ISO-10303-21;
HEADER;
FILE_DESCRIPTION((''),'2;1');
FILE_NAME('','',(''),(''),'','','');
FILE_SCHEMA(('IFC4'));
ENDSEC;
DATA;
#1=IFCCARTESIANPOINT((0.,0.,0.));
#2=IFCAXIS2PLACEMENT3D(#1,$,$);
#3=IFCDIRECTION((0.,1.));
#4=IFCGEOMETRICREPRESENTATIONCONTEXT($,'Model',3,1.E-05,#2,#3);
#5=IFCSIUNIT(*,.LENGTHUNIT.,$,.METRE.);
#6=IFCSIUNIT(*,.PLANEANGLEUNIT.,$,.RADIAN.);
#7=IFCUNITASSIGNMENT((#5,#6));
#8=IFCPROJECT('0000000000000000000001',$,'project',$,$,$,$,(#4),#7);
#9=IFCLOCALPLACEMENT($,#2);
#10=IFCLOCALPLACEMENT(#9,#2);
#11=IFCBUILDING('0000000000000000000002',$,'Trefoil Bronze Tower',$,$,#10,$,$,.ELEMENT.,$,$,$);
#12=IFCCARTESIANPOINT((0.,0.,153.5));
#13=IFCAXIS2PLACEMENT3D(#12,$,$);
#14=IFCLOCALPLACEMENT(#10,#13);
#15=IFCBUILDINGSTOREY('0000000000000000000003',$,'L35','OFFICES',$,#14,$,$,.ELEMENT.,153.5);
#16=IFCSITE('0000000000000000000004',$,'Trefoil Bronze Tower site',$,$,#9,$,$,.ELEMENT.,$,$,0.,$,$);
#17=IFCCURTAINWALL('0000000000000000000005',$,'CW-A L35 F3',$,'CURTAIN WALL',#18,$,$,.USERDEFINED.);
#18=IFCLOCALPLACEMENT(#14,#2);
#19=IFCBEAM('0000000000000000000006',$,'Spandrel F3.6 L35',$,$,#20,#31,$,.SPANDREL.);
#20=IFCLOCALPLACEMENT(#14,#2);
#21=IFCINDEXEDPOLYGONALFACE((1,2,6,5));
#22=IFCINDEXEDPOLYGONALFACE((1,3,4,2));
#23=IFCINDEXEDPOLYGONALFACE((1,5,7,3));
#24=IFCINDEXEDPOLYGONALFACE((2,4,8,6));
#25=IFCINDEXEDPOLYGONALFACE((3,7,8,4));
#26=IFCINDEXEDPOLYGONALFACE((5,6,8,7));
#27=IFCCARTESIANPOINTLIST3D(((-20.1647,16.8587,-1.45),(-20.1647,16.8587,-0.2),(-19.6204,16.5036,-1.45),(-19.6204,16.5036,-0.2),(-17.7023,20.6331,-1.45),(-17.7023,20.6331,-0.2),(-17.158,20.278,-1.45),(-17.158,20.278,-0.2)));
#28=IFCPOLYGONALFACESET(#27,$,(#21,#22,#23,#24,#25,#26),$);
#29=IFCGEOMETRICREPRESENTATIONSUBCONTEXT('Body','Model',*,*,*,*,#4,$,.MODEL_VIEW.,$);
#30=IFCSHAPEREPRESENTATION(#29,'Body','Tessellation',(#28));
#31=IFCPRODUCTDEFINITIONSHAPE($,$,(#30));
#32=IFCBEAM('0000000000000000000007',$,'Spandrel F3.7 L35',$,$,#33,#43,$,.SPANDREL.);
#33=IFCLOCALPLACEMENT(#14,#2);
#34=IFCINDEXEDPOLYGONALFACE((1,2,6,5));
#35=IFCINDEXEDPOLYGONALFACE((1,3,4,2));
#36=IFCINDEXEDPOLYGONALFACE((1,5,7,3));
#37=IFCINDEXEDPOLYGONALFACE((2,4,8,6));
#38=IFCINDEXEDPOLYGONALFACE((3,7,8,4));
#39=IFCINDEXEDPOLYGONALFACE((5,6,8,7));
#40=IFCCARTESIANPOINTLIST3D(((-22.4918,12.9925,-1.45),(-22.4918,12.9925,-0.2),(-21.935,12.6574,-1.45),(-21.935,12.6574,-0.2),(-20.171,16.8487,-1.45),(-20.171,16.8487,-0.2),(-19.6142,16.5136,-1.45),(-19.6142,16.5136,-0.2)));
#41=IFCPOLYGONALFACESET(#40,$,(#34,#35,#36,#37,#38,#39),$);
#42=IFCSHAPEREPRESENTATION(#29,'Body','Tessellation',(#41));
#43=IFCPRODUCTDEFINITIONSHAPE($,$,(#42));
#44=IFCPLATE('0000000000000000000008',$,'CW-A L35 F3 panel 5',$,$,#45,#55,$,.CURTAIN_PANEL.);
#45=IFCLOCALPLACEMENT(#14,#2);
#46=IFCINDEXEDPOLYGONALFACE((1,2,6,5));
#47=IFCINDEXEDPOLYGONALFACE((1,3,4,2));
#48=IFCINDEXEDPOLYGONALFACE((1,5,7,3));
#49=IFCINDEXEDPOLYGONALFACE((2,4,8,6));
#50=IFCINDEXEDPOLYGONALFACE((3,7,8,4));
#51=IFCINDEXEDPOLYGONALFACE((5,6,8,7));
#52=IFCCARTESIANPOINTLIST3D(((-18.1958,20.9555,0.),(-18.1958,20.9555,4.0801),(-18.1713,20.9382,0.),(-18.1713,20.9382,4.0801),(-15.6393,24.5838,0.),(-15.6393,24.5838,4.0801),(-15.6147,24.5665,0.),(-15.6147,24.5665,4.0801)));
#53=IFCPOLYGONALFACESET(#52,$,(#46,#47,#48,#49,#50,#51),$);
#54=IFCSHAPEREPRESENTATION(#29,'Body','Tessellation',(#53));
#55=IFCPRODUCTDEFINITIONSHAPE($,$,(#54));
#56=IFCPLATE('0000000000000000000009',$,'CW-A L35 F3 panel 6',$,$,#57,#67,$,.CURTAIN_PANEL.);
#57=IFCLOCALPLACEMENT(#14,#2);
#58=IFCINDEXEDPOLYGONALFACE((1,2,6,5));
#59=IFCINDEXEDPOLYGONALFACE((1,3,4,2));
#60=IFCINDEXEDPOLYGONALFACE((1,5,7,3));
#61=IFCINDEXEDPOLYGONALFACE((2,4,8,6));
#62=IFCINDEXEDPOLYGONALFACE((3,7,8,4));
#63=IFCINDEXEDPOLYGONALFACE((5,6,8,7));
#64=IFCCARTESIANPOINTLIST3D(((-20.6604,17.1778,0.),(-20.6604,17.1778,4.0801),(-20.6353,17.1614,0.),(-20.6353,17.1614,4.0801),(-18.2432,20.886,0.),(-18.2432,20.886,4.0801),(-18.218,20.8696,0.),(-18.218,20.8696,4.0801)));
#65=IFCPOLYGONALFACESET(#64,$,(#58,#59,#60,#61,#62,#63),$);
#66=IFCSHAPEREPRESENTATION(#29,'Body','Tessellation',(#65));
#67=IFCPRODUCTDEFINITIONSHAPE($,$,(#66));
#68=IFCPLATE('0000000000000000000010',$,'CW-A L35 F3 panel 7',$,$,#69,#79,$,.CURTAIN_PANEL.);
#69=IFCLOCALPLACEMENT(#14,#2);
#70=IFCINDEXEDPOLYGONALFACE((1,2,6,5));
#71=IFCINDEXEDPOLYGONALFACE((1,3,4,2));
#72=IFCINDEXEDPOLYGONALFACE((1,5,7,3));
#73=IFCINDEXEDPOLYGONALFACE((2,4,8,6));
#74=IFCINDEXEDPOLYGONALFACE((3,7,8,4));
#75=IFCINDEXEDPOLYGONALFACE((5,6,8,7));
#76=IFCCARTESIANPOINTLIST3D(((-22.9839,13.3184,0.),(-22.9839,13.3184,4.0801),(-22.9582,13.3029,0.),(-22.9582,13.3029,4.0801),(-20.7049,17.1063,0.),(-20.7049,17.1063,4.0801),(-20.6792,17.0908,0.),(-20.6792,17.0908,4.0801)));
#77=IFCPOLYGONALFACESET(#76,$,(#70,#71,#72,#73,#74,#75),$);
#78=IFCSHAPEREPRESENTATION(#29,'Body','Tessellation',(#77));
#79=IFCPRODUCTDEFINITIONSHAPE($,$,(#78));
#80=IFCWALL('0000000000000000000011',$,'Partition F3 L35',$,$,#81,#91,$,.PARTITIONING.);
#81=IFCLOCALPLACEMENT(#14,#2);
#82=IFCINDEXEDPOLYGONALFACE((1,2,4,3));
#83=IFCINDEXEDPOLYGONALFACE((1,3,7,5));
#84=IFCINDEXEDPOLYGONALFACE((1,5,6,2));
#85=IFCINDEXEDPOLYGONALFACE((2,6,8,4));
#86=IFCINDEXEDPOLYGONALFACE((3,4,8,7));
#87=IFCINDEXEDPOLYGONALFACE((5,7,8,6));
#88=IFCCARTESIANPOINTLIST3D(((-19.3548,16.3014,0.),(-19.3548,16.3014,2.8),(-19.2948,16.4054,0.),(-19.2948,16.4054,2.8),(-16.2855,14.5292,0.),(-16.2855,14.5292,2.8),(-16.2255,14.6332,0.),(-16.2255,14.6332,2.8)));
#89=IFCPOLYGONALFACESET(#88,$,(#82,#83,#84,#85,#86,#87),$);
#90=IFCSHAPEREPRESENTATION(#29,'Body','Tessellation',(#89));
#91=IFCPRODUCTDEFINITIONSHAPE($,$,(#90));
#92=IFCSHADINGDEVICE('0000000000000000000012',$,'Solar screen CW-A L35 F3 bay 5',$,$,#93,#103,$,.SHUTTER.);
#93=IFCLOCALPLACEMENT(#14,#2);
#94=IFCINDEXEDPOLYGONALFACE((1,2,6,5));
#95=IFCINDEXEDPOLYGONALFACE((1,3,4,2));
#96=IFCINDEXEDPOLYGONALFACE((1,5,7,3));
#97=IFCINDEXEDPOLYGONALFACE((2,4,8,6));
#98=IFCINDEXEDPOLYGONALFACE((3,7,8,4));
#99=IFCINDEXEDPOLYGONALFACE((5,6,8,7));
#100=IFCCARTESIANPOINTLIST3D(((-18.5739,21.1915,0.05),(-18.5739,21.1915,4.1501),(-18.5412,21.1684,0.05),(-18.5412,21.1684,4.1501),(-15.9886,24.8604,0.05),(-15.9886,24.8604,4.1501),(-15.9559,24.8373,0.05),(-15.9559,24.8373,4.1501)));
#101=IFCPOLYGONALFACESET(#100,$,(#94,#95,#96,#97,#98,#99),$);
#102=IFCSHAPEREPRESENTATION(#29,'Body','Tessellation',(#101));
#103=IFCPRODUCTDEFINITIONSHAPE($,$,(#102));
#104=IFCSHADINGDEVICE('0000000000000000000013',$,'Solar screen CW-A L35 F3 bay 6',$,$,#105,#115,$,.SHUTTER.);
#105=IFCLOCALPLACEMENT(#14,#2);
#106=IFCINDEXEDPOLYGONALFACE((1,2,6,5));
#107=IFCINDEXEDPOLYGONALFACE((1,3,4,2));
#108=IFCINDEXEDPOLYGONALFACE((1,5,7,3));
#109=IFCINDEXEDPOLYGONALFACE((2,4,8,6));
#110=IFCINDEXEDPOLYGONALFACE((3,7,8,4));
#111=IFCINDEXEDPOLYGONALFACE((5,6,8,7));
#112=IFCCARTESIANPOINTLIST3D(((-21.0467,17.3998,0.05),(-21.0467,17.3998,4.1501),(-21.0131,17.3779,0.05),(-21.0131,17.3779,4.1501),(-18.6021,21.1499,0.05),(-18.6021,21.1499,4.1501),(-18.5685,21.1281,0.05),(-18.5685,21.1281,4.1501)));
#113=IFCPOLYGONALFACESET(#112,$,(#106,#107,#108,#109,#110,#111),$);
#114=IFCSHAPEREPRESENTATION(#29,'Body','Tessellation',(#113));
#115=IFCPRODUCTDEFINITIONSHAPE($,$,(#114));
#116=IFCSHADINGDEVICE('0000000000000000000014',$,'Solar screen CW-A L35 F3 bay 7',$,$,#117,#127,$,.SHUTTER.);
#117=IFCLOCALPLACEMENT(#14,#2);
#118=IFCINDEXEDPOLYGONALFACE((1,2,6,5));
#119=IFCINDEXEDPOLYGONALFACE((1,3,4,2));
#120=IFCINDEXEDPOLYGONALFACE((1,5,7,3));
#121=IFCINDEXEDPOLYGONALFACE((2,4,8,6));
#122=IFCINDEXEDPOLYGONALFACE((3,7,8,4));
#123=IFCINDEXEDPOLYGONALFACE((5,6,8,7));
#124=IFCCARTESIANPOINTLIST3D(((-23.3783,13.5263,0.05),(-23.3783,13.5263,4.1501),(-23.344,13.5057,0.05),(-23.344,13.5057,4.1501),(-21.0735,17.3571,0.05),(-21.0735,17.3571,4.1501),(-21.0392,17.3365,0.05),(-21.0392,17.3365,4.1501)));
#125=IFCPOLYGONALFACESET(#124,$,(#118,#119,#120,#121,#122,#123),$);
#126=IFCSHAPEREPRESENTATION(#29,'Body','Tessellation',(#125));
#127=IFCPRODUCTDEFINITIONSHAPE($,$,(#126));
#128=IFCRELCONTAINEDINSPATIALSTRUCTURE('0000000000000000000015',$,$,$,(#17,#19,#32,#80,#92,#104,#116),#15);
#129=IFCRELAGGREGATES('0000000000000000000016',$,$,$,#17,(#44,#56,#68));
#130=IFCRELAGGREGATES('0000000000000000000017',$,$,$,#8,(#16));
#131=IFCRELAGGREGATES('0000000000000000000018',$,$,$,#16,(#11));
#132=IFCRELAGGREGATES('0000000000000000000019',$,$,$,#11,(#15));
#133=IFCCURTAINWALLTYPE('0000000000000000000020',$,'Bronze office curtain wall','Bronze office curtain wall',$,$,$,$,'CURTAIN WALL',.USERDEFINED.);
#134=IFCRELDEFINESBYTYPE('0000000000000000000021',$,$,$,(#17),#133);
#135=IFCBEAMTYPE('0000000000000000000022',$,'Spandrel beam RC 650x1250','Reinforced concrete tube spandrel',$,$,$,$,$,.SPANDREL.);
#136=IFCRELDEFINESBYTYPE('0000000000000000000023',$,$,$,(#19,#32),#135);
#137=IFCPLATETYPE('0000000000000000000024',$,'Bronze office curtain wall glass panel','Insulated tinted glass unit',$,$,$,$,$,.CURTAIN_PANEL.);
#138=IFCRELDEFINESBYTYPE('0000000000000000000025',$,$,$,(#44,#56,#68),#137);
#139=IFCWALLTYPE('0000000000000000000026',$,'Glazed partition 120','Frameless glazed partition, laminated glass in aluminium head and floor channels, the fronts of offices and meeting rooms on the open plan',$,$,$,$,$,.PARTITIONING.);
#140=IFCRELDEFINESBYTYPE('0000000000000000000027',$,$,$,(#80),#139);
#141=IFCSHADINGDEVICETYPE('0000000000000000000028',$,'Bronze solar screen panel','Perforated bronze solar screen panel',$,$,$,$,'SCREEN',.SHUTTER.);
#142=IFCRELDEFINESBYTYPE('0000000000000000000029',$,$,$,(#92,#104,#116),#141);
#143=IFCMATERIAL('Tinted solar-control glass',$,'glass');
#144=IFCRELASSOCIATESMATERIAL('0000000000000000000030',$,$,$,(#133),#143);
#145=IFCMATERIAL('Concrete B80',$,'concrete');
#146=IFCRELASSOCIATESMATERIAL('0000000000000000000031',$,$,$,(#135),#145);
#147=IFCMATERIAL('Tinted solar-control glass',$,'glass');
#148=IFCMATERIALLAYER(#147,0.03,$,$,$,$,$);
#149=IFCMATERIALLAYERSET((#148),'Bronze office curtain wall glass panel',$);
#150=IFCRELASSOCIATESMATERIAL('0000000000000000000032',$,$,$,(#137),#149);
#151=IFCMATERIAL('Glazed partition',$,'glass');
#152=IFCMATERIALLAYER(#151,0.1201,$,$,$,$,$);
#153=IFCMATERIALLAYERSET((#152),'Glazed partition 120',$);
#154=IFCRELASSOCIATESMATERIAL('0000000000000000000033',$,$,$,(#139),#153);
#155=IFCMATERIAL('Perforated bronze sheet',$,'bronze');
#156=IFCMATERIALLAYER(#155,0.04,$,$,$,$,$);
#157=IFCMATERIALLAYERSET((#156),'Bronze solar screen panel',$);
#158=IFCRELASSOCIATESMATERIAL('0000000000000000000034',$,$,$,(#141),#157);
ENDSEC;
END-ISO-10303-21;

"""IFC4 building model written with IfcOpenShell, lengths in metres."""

from ifc_helpers import new_model, si_unit, direction, frame, frame_2d, origin, origin_2d, place, context, subcontext, project, spatial, rectangle, extrude, material, layer, layer_set, material_profile, profile_set, type_object, element, aggregate, save


model = new_model("IFC4")

# Units and contexts
model_context = context("Model", 3, precision=1e-05, world=origin(), true_north=direction((0.0, 1.0)))
body_context = subcontext(model_context, "Body", "Model", "MODEL_VIEW")
ifc_project = project(units=[si_unit("LENGTHUNIT", "METRE"), si_unit("PLANEANGLEUNIT", "RADIAN")], contexts=[model_context])

# Site, building, storey
site_placement = place(None, origin())
site = spatial("IfcSite", under=ifc_project, at=site_placement, Name="Trefoil Bronze Tower site", CompositionType="ELEMENT", RefElevation=0.0)
building_placement = place(site_placement, origin())
building = spatial("IfcBuilding", under=site, at=building_placement, Name="Trefoil Bronze Tower", CompositionType="ELEMENT")
storey_placement = place(building_placement, frame((0.0, 0.0, 153.5)))
storey = spatial("IfcBuildingStorey", under=building, at=storey_placement, Name="L35", Description="OFFICES", CompositionType="ELEMENT", Elevation=153.5)

# Curtain wall
ifc_material_1 = material(Name="Tinted solar-control glass", Category="glass")
curtain_wall_type = type_object("IfcCurtainWallType", Name="Bronze office curtain wall", Description="Bronze office curtain wall", ElementType="CURTAIN WALL", PredefinedType="USERDEFINED", material=ifc_material_1)
curtain_wall_placement = place(storey_placement, origin())
curtain_wall = element("IfcCurtainWall", 1, at=curtain_wall_placement, inside=storey, type_object=curtain_wall_type, Name="CW-A L35 F3", ObjectType="CURTAIN WALL", PredefinedType="USERDEFINED")

# Beams
ifc_material_2 = material(Name="Concrete B80", Category="concrete")
ifc_material_profile_1 = material_profile(ifc_material_2, rectangle(XDim=0.6499, YDim=1.25, at=origin_2d()), Name="RC 650x1250")
ifc_profile_set_1 = profile_set([ifc_material_profile_1], Name="Concrete B80")
beam_type_1 = type_object("IfcBeamType", Name="Spandrel beam RC 650x1250", Description="Reinforced concrete tube spandrel", PredefinedType="SPANDREL", material=ifc_profile_set_1)
beam_1_placement = place(storey_placement, frame((-17.4302, 20.4556, -0.825), z_axis=(-0.546397, -0.837527, 0.0), x_axis=(0.837527, -0.546397, 0.0)))
element("IfcBeam", 2, at=beam_1_placement, inside=storey, type_object=beam_type_1, Name="Spandrel F3.6 L35", PredefinedType="SPANDREL", context=body_context, shape_type="SweptSolid", body=[
    extrude(rectangle(XDim=0.6499, YDim=1.25, at=origin_2d()), origin(), (0.0, 0.0, 1.0), 4.5066),
])
beam_2_placement = place(storey_placement, frame((-19.8926, 16.6812, -0.825), z_axis=(-0.515652, -0.856798, 0.0), x_axis=(0.856798, -0.515652, 0.0)))
element("IfcBeam", 3, at=beam_2_placement, inside=storey, type_object=beam_type_1, Name="Spandrel F3.7 L35", PredefinedType="SPANDREL", context=body_context, shape_type="SweptSolid", body=[
    extrude(rectangle(XDim=0.6499, YDim=1.25, at=origin_2d()), origin(), (0.0, 0.0, 1.0), 4.5007),
])

# Plates
ifc_material_3 = material(Name="Tinted solar-control glass", Category="glass")
ifc_layer_1 = layer(ifc_material_3, 0.03)
ifc_layer_set_1 = layer_set([ifc_layer_1], Name="Bronze office curtain wall glass panel")
plate_type = type_object("IfcPlateType", Name="Bronze office curtain wall glass panel", Description="Insulated tinted glass unit", PredefinedType="CURTAIN_PANEL", material=ifc_layer_set_1)
plate_1_placement = place(storey_placement, frame((-16.9053, 22.761, 0.0), z_axis=(0.0, 0.0, 1.0), x_axis=(-0.575999, -0.81745, 0.0)))
plate_1 = element("IfcPlate", 4, at=plate_1_placement, type_object=plate_type, Name="CW-A L35 F3 panel 5", PredefinedType="CURTAIN_PANEL", context=body_context, shape_type="SweptSolid", body=[
    extrude(rectangle(XDim=4.4385, YDim=0.03, at=origin_2d()), origin(), (0.0, 0.0, 1.0), 4.0801),
])
plate_2_placement = place(storey_placement, frame((-19.4392, 19.0237, 0.0), z_axis=(0.0, 0.0, 1.0), x_axis=(-0.546089, -0.837727, 0.0)))
plate_2 = element("IfcPlate", 5, at=plate_2_placement, type_object=plate_type, Name="CW-A L35 F3 panel 6", PredefinedType="CURTAIN_PANEL", context=body_context, shape_type="SweptSolid", body=[
    extrude(rectangle(XDim=4.4265, YDim=0.03, at=origin_2d()), origin(), (0.0, 0.0, 1.0), 4.0801),
])
plate_3_placement = place(storey_placement, frame((-21.8315, 15.2046, 0.0), z_axis=(0.0, 0.0, 1.0), x_axis=(-0.515525, -0.856874, 0.0)))
plate_3 = element("IfcPlate", 6, at=plate_3_placement, type_object=plate_type, Name="CW-A L35 F3 panel 7", PredefinedType="CURTAIN_PANEL", context=body_context, shape_type="SweptSolid", body=[
    extrude(rectangle(XDim=4.4207, YDim=0.03, at=origin_2d()), origin(), (0.0, 0.0, 1.0), 4.0801),
])
aggregate(curtain_wall, [plate_1, plate_2, plate_3])

# Wall
ifc_material_4 = material(Name="Glazed partition", Category="glass")
ifc_layer_2 = layer(ifc_material_4, 0.1201)
ifc_layer_set_2 = layer_set([ifc_layer_2], Name="Glazed partition 120")
wall_type = type_object("IfcWallType", Name="Glazed partition 120", Description="Frameless glazed partition, laminated glass in aluminium head and floor channels, the fronts of offices and meeting rooms on the open plan", PredefinedType="PARTITIONING", material=ifc_layer_set_2)
wall_placement = place(storey_placement, frame((-16.2556, 14.5813, 0.0), z_axis=(0.0, 0.0, 1.0), x_axis=(-0.866009, 0.500029, 0.0)))
element("IfcWall", 7, at=wall_placement, inside=storey, type_object=wall_type, Name="Partition F3 L35", PredefinedType="PARTITIONING", context=body_context, shape_type="SweptSolid", body=[
    extrude(rectangle(XDim=3.5442, YDim=0.1201, at=frame_2d((1.772, 0.0))), origin(), (0.0, 0.0, 1.0), 2.8),
])

# Shading devices
ifc_material_5 = material(Name="Perforated bronze sheet", Category="bronze")
ifc_layer_3 = layer(ifc_material_5, 0.04)
ifc_layer_set_3 = layer_set([ifc_layer_3], Name="Bronze solar screen panel")
shading_device_type = type_object("IfcShadingDeviceType", Name="Bronze solar screen panel", Description="Perforated bronze solar screen panel", ElementType="SCREEN", PredefinedType="SHUTTER", material=ifc_layer_set_3)
shading_device_1_placement = place(storey_placement, frame((-17.2649, 23.0144, 0.05), z_axis=(0.0, 0.0, 1.0), x_axis=(-0.575999, -0.81745, 0.0)))
element("IfcShadingDevice", 8, at=shading_device_1_placement, inside=storey, type_object=shading_device_type, Name="Solar screen CW-A L35 F3 bay 5", PredefinedType="SHUTTER", context=body_context, shape_type="SweptSolid", body=[
    extrude(rectangle(XDim=4.4883, YDim=0.04, at=origin_2d()), origin(), (0.0, 0.0, 1.0), 4.1001),
])
shading_device_2_placement = place(storey_placement, frame((-19.8076, 19.2639, 0.05), z_axis=(0.0, 0.0, 1.0), x_axis=(-0.546089, -0.837727, 0.0)))
element("IfcShadingDevice", 9, at=shading_device_2_placement, inside=storey, type_object=shading_device_type, Name="Solar screen CW-A L35 F3 bay 6", PredefinedType="SHUTTER", context=body_context, shape_type="SweptSolid", body=[
    extrude(rectangle(XDim=4.4766, YDim=0.04, at=origin_2d()), origin(), (0.0, 0.0, 1.0), 4.1001),
])
shading_device_3_placement = place(storey_placement, frame((-22.2087, 15.4314, 0.05), z_axis=(0.0, 0.0, 1.0), x_axis=(-0.515525, -0.856874, 0.0)))
element("IfcShadingDevice", 10, at=shading_device_3_placement, inside=storey, type_object=shading_device_type, Name="Solar screen CW-A L35 F3 bay 7", PredefinedType="SHUTTER", context=body_context, shape_type="SweptSolid", body=[
    extrude(rectangle(XDim=4.4707, YDim=0.04, at=origin_2d()), origin(), (0.0, 0.0, 1.0), 4.1001),
])

save(model, "model.ifc")
